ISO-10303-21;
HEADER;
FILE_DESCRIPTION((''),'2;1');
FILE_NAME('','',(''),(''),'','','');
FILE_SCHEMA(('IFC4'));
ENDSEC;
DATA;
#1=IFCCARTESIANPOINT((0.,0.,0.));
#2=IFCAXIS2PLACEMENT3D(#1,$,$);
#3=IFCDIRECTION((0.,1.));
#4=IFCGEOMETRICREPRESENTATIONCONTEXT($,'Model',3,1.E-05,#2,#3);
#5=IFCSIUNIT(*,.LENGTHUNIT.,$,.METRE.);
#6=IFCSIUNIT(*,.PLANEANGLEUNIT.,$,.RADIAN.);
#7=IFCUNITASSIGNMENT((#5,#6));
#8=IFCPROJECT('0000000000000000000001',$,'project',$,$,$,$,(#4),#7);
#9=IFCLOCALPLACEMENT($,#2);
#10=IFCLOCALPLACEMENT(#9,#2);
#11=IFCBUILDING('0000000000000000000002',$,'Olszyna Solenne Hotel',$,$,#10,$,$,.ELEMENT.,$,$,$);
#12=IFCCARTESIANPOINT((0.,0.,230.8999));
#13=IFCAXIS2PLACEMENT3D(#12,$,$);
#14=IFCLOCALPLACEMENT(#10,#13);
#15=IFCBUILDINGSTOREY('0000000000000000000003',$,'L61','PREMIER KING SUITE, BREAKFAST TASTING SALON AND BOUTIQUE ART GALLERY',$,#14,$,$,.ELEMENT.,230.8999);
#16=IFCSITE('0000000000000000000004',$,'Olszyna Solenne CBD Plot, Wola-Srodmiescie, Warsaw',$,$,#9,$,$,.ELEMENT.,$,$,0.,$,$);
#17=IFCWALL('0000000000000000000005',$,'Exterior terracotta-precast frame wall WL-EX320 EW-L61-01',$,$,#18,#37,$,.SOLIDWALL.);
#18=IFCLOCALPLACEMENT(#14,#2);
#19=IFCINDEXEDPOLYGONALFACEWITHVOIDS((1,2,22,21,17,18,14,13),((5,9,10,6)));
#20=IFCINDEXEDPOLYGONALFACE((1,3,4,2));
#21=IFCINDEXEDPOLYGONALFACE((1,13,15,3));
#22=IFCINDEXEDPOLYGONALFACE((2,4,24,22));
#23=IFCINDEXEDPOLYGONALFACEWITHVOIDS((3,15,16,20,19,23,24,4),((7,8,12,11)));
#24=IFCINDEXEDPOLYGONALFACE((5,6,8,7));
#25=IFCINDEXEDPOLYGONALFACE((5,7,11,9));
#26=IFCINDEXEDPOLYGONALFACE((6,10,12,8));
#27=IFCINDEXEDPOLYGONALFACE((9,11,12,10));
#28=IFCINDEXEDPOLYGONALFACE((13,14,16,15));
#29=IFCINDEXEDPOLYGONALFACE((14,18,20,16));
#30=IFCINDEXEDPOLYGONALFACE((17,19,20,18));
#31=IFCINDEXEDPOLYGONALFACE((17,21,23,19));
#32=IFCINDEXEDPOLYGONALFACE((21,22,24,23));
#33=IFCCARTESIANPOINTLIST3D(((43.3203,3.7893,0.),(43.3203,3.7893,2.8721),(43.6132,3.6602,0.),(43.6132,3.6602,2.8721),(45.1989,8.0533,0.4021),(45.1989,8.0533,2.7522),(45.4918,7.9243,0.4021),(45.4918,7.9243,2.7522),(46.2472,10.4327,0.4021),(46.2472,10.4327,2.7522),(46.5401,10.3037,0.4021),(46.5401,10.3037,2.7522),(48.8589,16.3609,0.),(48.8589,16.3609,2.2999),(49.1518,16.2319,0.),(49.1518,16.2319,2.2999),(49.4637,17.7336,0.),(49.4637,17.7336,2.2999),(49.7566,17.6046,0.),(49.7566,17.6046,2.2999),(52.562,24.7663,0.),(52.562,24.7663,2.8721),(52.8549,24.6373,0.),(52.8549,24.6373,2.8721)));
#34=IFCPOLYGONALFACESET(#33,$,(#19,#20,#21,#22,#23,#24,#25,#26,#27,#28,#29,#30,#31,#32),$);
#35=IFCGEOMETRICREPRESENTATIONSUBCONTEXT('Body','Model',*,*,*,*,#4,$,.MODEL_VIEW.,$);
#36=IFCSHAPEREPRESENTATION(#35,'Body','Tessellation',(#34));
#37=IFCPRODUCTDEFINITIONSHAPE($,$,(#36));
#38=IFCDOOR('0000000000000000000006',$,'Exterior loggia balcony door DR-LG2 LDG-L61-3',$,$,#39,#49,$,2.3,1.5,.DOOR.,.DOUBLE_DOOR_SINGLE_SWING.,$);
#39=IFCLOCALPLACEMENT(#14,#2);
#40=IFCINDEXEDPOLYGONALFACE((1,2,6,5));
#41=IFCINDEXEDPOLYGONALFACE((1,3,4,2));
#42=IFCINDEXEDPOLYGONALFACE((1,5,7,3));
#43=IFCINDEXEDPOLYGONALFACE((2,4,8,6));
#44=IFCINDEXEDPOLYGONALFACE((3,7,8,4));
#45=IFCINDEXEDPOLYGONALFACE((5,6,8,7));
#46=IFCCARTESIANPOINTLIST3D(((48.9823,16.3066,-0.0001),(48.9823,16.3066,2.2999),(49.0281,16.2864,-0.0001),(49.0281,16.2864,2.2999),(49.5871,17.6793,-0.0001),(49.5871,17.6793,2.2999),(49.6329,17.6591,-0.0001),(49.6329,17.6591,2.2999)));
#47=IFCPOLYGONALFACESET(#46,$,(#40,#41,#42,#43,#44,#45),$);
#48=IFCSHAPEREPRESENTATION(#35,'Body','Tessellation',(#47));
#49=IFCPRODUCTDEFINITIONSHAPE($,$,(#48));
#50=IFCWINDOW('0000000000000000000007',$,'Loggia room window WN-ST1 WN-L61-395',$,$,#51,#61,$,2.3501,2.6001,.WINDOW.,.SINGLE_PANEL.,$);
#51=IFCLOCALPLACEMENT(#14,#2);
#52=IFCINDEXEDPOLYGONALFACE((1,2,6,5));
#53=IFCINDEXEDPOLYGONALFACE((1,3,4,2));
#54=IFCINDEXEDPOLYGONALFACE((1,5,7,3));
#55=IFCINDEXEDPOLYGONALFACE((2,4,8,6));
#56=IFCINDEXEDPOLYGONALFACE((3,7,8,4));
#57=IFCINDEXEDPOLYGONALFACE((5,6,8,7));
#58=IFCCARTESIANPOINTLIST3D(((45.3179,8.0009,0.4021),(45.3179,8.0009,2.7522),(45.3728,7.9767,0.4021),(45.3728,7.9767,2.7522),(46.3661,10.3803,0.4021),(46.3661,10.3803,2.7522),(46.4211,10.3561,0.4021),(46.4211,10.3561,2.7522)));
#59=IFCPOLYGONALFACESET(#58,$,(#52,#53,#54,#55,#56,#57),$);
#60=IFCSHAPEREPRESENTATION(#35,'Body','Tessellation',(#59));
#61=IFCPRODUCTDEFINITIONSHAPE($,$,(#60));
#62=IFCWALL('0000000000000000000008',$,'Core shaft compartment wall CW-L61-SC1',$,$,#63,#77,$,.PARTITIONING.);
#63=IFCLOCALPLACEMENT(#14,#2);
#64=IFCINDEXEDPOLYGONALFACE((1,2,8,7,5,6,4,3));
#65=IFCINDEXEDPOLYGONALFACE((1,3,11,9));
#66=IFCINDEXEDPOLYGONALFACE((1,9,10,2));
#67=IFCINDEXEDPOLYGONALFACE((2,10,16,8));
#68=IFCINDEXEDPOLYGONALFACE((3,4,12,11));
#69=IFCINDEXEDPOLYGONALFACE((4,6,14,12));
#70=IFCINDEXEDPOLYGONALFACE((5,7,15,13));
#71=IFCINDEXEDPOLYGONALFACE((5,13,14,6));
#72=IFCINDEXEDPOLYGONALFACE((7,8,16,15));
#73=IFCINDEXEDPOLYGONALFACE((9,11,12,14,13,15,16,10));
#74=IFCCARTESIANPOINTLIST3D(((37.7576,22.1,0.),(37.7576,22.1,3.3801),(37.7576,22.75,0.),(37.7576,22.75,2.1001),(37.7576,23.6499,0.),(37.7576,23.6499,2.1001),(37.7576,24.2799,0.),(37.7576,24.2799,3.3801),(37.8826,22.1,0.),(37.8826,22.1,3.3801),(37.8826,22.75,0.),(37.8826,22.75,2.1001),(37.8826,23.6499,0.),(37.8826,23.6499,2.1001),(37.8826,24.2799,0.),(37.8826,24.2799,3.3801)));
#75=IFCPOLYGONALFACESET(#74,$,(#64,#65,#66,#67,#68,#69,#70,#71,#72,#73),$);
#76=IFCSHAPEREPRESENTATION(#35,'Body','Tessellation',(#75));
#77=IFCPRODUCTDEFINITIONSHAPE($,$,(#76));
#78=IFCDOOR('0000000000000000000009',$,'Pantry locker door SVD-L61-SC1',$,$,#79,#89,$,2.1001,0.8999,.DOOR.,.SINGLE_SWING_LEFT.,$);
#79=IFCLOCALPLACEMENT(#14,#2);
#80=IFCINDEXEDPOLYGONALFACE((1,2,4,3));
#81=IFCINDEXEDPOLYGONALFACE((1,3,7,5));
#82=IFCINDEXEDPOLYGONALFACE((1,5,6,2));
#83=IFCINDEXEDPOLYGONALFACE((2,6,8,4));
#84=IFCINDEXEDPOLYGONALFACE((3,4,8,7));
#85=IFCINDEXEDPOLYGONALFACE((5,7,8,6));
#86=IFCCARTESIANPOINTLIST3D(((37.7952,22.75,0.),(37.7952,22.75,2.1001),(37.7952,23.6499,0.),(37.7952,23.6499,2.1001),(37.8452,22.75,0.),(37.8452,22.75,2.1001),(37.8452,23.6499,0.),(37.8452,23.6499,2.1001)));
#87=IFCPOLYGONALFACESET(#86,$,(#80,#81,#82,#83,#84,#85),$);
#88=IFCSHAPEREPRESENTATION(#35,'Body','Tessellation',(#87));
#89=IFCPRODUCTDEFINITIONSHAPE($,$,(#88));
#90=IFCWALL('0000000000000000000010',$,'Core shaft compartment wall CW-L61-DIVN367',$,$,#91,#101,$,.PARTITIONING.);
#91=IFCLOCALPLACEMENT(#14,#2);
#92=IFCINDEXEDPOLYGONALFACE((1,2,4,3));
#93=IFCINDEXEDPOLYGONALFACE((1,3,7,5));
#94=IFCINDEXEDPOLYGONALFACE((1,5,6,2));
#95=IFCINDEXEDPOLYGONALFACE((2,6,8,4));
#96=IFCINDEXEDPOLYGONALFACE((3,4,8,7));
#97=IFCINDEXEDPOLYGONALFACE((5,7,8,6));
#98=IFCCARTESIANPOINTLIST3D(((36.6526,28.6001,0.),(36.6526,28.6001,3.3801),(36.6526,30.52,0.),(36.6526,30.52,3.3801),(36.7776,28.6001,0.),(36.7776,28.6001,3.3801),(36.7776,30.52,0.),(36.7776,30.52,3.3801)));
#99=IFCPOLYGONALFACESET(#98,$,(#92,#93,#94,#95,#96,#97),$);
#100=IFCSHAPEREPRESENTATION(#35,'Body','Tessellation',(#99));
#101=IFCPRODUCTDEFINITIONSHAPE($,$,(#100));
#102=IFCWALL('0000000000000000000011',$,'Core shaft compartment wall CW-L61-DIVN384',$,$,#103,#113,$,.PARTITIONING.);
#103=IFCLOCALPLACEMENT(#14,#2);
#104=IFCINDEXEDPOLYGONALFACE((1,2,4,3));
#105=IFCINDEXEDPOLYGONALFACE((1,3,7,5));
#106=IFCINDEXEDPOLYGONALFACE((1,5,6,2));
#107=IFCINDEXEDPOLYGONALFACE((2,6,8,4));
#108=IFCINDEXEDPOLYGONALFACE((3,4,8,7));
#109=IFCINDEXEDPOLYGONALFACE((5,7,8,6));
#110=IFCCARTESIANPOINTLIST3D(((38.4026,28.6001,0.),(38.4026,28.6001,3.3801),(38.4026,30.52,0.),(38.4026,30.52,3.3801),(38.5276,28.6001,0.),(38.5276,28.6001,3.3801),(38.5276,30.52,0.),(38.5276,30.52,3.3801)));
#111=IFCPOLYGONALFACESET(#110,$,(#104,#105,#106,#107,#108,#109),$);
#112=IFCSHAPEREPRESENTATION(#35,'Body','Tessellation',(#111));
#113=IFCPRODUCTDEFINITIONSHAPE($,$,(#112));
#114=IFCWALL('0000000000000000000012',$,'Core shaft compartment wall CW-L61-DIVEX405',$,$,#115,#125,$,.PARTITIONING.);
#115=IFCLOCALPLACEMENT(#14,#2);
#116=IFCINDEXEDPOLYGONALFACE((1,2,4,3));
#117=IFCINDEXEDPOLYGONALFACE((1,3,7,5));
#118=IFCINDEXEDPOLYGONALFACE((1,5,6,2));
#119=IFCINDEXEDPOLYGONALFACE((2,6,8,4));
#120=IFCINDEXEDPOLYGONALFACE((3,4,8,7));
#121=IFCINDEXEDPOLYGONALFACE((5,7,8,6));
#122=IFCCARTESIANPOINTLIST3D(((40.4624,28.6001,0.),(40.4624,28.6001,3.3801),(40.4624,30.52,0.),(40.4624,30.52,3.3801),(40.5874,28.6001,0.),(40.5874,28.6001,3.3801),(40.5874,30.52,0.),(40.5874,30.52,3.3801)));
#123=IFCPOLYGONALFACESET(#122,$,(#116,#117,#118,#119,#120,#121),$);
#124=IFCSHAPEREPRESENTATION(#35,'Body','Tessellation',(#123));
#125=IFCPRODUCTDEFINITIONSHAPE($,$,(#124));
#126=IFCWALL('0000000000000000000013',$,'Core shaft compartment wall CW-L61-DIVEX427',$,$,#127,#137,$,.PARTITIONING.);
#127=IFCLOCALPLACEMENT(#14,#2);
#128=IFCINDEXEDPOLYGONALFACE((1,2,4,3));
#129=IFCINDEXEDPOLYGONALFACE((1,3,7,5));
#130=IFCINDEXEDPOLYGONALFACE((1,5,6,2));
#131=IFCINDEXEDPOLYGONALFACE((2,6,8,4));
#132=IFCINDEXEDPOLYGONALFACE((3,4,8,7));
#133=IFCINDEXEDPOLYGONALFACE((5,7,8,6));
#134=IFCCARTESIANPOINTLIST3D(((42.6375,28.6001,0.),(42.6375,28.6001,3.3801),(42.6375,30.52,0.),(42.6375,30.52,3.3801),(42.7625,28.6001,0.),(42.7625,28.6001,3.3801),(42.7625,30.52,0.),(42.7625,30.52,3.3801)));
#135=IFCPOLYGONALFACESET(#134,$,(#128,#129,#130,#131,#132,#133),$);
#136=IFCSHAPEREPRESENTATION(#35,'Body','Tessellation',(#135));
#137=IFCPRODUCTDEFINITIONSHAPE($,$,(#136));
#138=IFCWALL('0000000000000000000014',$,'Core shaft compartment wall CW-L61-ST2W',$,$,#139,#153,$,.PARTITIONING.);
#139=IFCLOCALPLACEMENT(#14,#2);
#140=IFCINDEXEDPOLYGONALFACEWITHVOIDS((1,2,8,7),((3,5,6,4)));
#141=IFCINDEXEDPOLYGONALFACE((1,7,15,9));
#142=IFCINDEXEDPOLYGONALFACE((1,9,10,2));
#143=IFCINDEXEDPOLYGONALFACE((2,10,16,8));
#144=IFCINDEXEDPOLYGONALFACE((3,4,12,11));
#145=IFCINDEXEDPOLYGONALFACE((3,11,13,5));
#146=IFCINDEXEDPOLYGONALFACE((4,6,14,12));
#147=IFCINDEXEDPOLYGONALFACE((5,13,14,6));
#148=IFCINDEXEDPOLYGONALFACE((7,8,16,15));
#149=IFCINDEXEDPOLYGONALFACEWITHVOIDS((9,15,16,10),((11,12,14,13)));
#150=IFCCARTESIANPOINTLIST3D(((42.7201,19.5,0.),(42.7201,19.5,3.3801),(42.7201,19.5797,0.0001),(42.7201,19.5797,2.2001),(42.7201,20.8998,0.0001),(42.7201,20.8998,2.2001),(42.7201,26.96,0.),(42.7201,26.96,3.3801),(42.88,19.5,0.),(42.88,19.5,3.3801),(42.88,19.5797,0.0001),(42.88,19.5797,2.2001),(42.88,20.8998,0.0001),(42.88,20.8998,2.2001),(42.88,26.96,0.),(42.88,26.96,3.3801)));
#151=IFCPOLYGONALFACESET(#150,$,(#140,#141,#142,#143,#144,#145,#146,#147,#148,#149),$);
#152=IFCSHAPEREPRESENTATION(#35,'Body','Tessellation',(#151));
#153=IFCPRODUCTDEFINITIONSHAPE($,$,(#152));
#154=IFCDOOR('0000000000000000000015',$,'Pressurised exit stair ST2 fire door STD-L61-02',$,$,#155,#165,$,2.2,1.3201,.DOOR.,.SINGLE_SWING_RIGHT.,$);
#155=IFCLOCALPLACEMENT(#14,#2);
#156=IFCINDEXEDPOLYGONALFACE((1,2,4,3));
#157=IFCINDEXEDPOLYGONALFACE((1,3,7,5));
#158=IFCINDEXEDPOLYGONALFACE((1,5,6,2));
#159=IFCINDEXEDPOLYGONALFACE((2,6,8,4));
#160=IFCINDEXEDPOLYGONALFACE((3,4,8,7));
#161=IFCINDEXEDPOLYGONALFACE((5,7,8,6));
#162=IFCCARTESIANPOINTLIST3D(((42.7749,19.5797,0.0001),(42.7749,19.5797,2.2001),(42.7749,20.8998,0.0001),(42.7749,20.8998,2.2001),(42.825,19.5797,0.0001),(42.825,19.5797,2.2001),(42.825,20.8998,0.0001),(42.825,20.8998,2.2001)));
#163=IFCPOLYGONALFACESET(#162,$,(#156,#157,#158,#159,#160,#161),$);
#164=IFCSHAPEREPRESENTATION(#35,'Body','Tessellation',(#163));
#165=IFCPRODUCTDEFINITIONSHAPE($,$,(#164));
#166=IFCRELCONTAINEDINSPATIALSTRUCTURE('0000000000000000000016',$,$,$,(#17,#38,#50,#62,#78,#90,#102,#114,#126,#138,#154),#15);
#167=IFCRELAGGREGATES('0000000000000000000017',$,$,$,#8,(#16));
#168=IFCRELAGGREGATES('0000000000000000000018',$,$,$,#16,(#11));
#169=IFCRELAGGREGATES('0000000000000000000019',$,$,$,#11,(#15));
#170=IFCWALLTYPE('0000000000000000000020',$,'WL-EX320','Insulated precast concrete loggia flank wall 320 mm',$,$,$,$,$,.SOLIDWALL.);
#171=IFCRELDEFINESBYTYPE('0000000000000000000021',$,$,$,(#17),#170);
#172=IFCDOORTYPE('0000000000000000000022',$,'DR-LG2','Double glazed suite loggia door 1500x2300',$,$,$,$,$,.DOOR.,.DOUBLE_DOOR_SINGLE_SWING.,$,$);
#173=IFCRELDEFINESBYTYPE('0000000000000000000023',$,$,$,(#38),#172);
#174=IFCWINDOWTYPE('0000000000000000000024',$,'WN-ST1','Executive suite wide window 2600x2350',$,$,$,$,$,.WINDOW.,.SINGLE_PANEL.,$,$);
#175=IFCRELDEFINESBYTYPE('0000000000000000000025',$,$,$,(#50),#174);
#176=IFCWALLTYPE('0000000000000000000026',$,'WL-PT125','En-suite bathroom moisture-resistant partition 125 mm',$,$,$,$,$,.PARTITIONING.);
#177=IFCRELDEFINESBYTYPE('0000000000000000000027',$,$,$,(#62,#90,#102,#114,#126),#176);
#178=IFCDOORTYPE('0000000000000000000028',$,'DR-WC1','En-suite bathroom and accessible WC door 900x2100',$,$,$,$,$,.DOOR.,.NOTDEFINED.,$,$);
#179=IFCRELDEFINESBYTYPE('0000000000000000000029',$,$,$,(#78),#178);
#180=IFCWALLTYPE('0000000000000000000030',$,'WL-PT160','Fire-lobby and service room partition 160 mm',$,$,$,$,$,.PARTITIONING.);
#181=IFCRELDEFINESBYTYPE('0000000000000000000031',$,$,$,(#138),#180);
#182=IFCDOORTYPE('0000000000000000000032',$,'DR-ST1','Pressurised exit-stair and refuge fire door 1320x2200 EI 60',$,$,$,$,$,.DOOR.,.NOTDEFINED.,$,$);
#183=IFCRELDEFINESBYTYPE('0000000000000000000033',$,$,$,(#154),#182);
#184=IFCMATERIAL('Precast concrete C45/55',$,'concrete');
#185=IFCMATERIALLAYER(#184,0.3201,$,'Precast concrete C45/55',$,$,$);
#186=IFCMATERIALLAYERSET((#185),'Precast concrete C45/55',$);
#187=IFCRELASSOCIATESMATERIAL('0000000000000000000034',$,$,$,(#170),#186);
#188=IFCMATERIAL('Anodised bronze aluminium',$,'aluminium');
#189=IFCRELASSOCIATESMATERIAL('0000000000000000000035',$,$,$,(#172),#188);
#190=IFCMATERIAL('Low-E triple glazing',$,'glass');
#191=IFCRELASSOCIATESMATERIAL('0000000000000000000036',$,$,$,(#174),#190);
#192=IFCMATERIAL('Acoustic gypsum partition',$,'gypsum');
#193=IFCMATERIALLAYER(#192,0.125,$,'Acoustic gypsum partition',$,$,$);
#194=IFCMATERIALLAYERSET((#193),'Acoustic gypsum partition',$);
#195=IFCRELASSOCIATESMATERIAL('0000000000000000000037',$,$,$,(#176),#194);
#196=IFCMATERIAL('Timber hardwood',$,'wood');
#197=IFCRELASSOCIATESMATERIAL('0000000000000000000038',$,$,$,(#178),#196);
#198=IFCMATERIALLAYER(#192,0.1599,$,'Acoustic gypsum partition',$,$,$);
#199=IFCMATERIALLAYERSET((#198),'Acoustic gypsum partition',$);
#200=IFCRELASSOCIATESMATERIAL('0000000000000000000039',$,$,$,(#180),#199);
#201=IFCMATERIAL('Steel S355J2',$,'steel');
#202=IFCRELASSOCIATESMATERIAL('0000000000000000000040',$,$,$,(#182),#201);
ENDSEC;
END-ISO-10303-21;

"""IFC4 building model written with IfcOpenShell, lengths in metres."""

from ifc_helpers import new_model, si_unit, direction, frame, frame_2d, origin, place, context, subcontext, project, spatial, rectangle, extrude, source, transform, mapped, material, layer, layer_set, type_object, type_shapes, element, fill, save


model = new_model("IFC4")

# Units and contexts
model_context = context("Model", 3, precision=1e-05, world=origin(), true_north=direction((0.0, 1.0)))
body_context = subcontext(model_context, "Body", "Model", "MODEL_VIEW")
ifc_project = project(units=[si_unit("LENGTHUNIT", "METRE"), si_unit("PLANEANGLEUNIT", "RADIAN")], contexts=[model_context])

# Site, building, storey
site_placement = place(None, origin())
site = spatial("IfcSite", under=ifc_project, at=site_placement, Name="Olszyna Solenne CBD Plot, Wola-Srodmiescie, Warsaw", CompositionType="ELEMENT", RefElevation=0.0)
building_placement = place(site_placement, origin())
building = spatial("IfcBuilding", under=site, at=building_placement, Name="Olszyna Solenne Hotel", CompositionType="ELEMENT")
storey_placement = place(building_placement, frame((0.0, 0.0, 230.8999)))
storey = spatial("IfcBuildingStorey", under=building, at=storey_placement, Name="L61", Description="PREMIER KING SUITE, BREAKFAST TASTING SALON AND BOUTIQUE ART GALLERY", CompositionType="ELEMENT", Elevation=230.8999)

# Shared definitions
ifc_material_1 = material(Name="Steel S355J2", Category="steel")

# Wall, openings, door, window
ifc_material_2 = material(Name="Precast concrete C45/55", Category="concrete")
ifc_layer_1 = layer(ifc_material_2, 0.3201, Name="Precast concrete C45/55")
ifc_layer_set_1 = layer_set([ifc_layer_1], Name="Precast concrete C45/55")
wall_type_1 = type_object("IfcWallType", Name="WL-EX320", Description="Insulated precast concrete loggia flank wall 320 mm", PredefinedType="SOLIDWALL", material=ifc_layer_set_1)
wall_1_placement = place(storey_placement, frame((52.7085, 24.7019, 0.0), z_axis=(0.0, 0.0, 1.0), x_axis=(-0.40317, -0.915125, 0.0)))
wall_1 = element("IfcWall", 1, at=wall_1_placement, inside=storey, type_object=wall_type_1, Name="Exterior terracotta-precast frame wall WL-EX320 EW-L61-01", PredefinedType="SOLIDWALL", context=body_context, shape_type="SweptSolid", body=[
    extrude(rectangle(XDim=22.9226, YDim=0.3201, at=frame_2d((11.4614, 0.0))), origin(), (0.0, 0.0, 1.0), 2.8721),
])
opening_1_placement = place(wall_1_placement, frame((7.6851, 0.0, 0.0)))
opening_1 = element("IfcOpeningElement", 2, at=opening_1_placement, cuts=wall_1, PredefinedType="OPENING", context=body_context, shape_type="SweptSolid", body=[
    extrude(rectangle(XDim=1.5, YDim=2.3, at=frame_2d((0.75, 1.1499))), frame((0.0, 0.1699, 0.0), z_axis=(0.0, -1.0, 0.0), x_axis=(1.0, 0.0, 0.0)), (0.0, 0.0, 1.0), 0.3401),
])
opening_2_placement = place(wall_1_placement, frame((15.6631, 0.0, 0.4021)))
opening_2 = element("IfcOpeningElement", 3, at=opening_2_placement, cuts=wall_1, PredefinedType="OPENING", context=body_context, shape_type="SweptSolid", body=[
    extrude(rectangle(XDim=2.6001, YDim=2.3501, at=frame_2d((1.3, 1.175))), frame((0.0, 0.1699, 0.0), z_axis=(0.0, -1.0, 0.0), x_axis=(1.0, 0.0, 0.0)), (0.0, 0.0, 1.0), 0.3401),
])
ifc_material_3 = material(Name="Anodised bronze aluminium", Category="aluminium")
door_type_1 = type_object("IfcDoorType", Name="DR-LG2", Description="Double glazed suite loggia door 1500x2300", OperationType="DOUBLE_DOOR_SINGLE_SWING", PredefinedType="DOOR", material=ifc_material_3)
shared_shape_1 = source(origin(), body_context, "Body", "SweptSolid", [
    extrude(rectangle(XDim=1.5, YDim=2.3, at=frame_2d((0.75, 1.1499))), frame((0.0, 0.0249, 0.0), z_axis=(0.0, -1.0, 0.0), x_axis=(1.0, 0.0, 0.0)), (0.0, 0.0, 1.0), 0.05),
])
type_shapes(door_type_1, [shared_shape_1])
door_1_placement = place(opening_1_placement, origin())
door_1 = element("IfcDoor", 4, at=door_1_placement, inside=storey, type_object=door_type_1, Name="Exterior loggia balcony door DR-LG2 LDG-L61-3", OperationType="DOUBLE_DOOR_SINGLE_SWING", OverallHeight=2.3, OverallWidth=1.5, PredefinedType="DOOR", context=body_context, shape_type="MappedRepresentation", body=[
    mapped(shared_shape_1, transform((0.0, 0.0, 0.0), x_axis=(1.0, 0.0, 0.0), y_axis=(0.0, 1.0, 0.0), z_axis=(0.0, 0.0, 1.0), scale=1.0)),
])
fill(opening_1, door_1)
ifc_material_4 = material(Name="Low-E triple glazing", Category="glass")
window_type = type_object("IfcWindowType", Name="WN-ST1", Description="Executive suite wide window 2600x2350", PartitioningType="SINGLE_PANEL", PredefinedType="WINDOW", material=ifc_material_4)
shared_shape_2 = source(origin(), body_context, "Body", "SweptSolid", [
    extrude(rectangle(XDim=2.6001, YDim=2.3501, at=frame_2d((1.3, 1.175))), frame((0.0, 0.03, 0.0), z_axis=(0.0, -1.0, 0.0), x_axis=(1.0, 0.0, 0.0)), (0.0, 0.0, 1.0), 0.0601),
])
type_shapes(window_type, [shared_shape_2])
window_placement = place(opening_2_placement, origin())
window = element("IfcWindow", 5, at=window_placement, inside=storey, type_object=window_type, Name="Loggia room window WN-ST1 WN-L61-395", OverallHeight=2.3501, OverallWidth=2.6001, PartitioningType="SINGLE_PANEL", PredefinedType="WINDOW", context=body_context, shape_type="MappedRepresentation", body=[
    mapped(shared_shape_2, transform((0.0, 0.0, 0.0), x_axis=(1.0, 0.0, 0.0), y_axis=(0.0, 1.0, 0.0), z_axis=(0.0, 0.0, 1.0), scale=1.0)),
])
fill(opening_2, window)

# Wall, opening, door
ifc_material_5 = material(Name="Acoustic gypsum partition", Category="gypsum")
ifc_layer_2 = layer(ifc_material_5, 0.125, Name="Acoustic gypsum partition")
ifc_layer_set_2 = layer_set([ifc_layer_2], Name="Acoustic gypsum partition")
wall_type_2 = type_object("IfcWallType", Name="WL-PT125", Description="En-suite bathroom moisture-resistant partition 125 mm", PredefinedType="PARTITIONING", material=ifc_layer_set_2)
wall_2_placement = place(storey_placement, frame((37.8201, 22.1001, 0.0), z_axis=(0.0, 0.0, 1.0), x_axis=(0.0, 1.0, 0.0)))
wall_2 = element("IfcWall", 6, at=wall_2_placement, inside=storey, type_object=wall_type_2, Name="Core shaft compartment wall CW-L61-SC1", PredefinedType="PARTITIONING", context=body_context, shape_type="SweptSolid", body=[
    extrude(rectangle(XDim=2.1799, YDim=0.125, at=frame_2d((1.0898, 0.0))), origin(), (0.0, 0.0, 1.0), 3.3801),
])
opening_3_placement = place(wall_2_placement, frame((0.6499, 0.0, 0.0)))
opening_3 = element("IfcOpeningElement", 7, at=opening_3_placement, cuts=wall_2, PredefinedType="OPENING", context=body_context, shape_type="SweptSolid", body=[
    extrude(rectangle(XDim=0.8999, YDim=2.1001, at=frame_2d((0.45, 1.05))), frame((0.0, 0.0725, 0.0), z_axis=(0.0, -1.0, 0.0), x_axis=(1.0, 0.0, 0.0)), (0.0, 0.0, 1.0), 0.145),
])
ifc_material_6 = material(Name="Timber hardwood", Category="wood")
door_type_2 = type_object("IfcDoorType", Name="DR-WC1", Description="En-suite bathroom and accessible WC door 900x2100", OperationType="NOTDEFINED", PredefinedType="DOOR", material=ifc_material_6)
shared_shape_3 = source(origin(), body_context, "Body", "SweptSolid", [
    extrude(rectangle(XDim=0.8999, YDim=2.1001, at=frame_2d((0.45, 1.05))), frame((0.0, 0.0249, 0.0), z_axis=(0.0, -1.0, 0.0), x_axis=(1.0, 0.0, 0.0)), (0.0, 0.0, 1.0), 0.05),
])
type_shapes(door_type_2, [shared_shape_3])
door_2_placement = place(opening_3_placement, origin())
door_2 = element("IfcDoor", 8, at=door_2_placement, inside=storey, type_object=door_type_2, Name="Pantry locker door SVD-L61-SC1", OperationType="SINGLE_SWING_LEFT", OverallHeight=2.1001, OverallWidth=0.8999, PredefinedType="DOOR", context=body_context, shape_type="MappedRepresentation", body=[
    mapped(shared_shape_3, transform((0.0, 0.0, 0.0), x_axis=(1.0, 0.0, 0.0), y_axis=(0.0, 1.0, 0.0), z_axis=(0.0, 0.0, 1.0), scale=1.0)),
])
fill(opening_3, door_2)

# Walls
for number, where, z_axis, x_axis, name in (
    (9, (36.7151, 28.6001, 0.0), (0.0, 0.0, 1.0), (0.0, 1.0, 0.0), "Core shaft compartment wall CW-L61-DIVN367"),
    (10, (38.4651, 28.6001, 0.0), (0.0, 0.0, 1.0), (0.0, 1.0, 0.0), "Core shaft compartment wall CW-L61-DIVN384"),
    (11, (40.5249, 28.6001, 0.0), (0.0, 0.0, 1.0), (0.0, 1.0, 0.0), "Core shaft compartment wall CW-L61-DIVEX405"),
    (12, (42.7, 28.6001, 0.0), (0.0, 0.0, 1.0), (0.0, 1.0, 0.0), "Core shaft compartment wall CW-L61-DIVEX427"),
):
    element("IfcWall", number, at=place(storey_placement, frame(where, z_axis=z_axis, x_axis=x_axis)), inside=storey, type_object=wall_type_2, Name=name, PredefinedType="PARTITIONING", context=body_context, shape_type="SweptSolid", body=[
        extrude(rectangle(XDim=1.9199, YDim=0.125, at=frame_2d((0.96, 0.0))), origin(), (0.0, 0.0, 1.0), 3.3801),
    ])

# Wall, opening, door
ifc_layer_3 = layer(ifc_material_5, 0.1599, Name="Acoustic gypsum partition")
ifc_layer_set_3 = layer_set([ifc_layer_3], Name="Acoustic gypsum partition")
wall_type_3 = type_object("IfcWallType", Name="WL-PT160", Description="Fire-lobby and service room partition 160 mm", PredefinedType="PARTITIONING", material=ifc_layer_set_3)
wall_3_placement = place(storey_placement, frame((42.8, 26.96, 0.0), z_axis=(0.0, 0.0, 1.0), x_axis=(0.0, -1.0, 0.0)))
wall_3 = element("IfcWall", 13, at=wall_3_placement, inside=storey, type_object=wall_type_3, Name="Core shaft compartment wall CW-L61-ST2W", PredefinedType="PARTITIONING", context=body_context, shape_type="SweptSolid", body=[
    extrude(rectangle(XDim=7.46, YDim=0.1599, at=frame_2d((3.73, 0.0))), origin(), (0.0, 0.0, 1.0), 3.3801),
])
opening_4_placement = place(wall_3_placement, frame((6.0601, 0.0, 0.0)))
opening_4 = element("IfcOpeningElement", 14, at=opening_4_placement, cuts=wall_3, PredefinedType="OPENING", context=body_context, shape_type="SweptSolid", body=[
    extrude(rectangle(XDim=1.3201, YDim=2.2, at=frame_2d((0.6602, 1.1001))), frame((0.0, 0.0898, 0.0), z_axis=(0.0, -1.0, 0.0), x_axis=(1.0, 0.0, 0.0)), (0.0, 0.0, 1.0), 0.1799),
])
door_type_3 = type_object("IfcDoorType", Name="DR-ST1", Description="Pressurised exit-stair and refuge fire door 1320x2200 EI 60", OperationType="NOTDEFINED", PredefinedType="DOOR", material=ifc_material_1)
shared_shape_4 = source(origin(), body_context, "Body", "SweptSolid", [
    extrude(rectangle(XDim=1.3201, YDim=2.2, at=frame_2d((0.6602, 1.1001))), frame((0.0, 0.0249, 0.0), z_axis=(0.0, -1.0, 0.0), x_axis=(1.0, 0.0, 0.0)), (0.0, 0.0, 1.0), 0.05),
])
type_shapes(door_type_3, [shared_shape_4])
door_3_placement = place(opening_4_placement, origin())
door_3 = element("IfcDoor", 15, at=door_3_placement, inside=storey, type_object=door_type_3, Name="Pressurised exit stair ST2 fire door STD-L61-02", OperationType="SINGLE_SWING_RIGHT", OverallHeight=2.2, OverallWidth=1.3201, PredefinedType="DOOR", context=body_context, shape_type="MappedRepresentation", body=[
    mapped(shared_shape_4, transform((0.0, 0.0, 0.0), x_axis=(1.0, 0.0, 0.0), y_axis=(0.0, 1.0, 0.0), z_axis=(0.0, 0.0, 1.0), scale=1.0)),
])
fill(opening_4, door_3)

save(model, "model.ifc")
